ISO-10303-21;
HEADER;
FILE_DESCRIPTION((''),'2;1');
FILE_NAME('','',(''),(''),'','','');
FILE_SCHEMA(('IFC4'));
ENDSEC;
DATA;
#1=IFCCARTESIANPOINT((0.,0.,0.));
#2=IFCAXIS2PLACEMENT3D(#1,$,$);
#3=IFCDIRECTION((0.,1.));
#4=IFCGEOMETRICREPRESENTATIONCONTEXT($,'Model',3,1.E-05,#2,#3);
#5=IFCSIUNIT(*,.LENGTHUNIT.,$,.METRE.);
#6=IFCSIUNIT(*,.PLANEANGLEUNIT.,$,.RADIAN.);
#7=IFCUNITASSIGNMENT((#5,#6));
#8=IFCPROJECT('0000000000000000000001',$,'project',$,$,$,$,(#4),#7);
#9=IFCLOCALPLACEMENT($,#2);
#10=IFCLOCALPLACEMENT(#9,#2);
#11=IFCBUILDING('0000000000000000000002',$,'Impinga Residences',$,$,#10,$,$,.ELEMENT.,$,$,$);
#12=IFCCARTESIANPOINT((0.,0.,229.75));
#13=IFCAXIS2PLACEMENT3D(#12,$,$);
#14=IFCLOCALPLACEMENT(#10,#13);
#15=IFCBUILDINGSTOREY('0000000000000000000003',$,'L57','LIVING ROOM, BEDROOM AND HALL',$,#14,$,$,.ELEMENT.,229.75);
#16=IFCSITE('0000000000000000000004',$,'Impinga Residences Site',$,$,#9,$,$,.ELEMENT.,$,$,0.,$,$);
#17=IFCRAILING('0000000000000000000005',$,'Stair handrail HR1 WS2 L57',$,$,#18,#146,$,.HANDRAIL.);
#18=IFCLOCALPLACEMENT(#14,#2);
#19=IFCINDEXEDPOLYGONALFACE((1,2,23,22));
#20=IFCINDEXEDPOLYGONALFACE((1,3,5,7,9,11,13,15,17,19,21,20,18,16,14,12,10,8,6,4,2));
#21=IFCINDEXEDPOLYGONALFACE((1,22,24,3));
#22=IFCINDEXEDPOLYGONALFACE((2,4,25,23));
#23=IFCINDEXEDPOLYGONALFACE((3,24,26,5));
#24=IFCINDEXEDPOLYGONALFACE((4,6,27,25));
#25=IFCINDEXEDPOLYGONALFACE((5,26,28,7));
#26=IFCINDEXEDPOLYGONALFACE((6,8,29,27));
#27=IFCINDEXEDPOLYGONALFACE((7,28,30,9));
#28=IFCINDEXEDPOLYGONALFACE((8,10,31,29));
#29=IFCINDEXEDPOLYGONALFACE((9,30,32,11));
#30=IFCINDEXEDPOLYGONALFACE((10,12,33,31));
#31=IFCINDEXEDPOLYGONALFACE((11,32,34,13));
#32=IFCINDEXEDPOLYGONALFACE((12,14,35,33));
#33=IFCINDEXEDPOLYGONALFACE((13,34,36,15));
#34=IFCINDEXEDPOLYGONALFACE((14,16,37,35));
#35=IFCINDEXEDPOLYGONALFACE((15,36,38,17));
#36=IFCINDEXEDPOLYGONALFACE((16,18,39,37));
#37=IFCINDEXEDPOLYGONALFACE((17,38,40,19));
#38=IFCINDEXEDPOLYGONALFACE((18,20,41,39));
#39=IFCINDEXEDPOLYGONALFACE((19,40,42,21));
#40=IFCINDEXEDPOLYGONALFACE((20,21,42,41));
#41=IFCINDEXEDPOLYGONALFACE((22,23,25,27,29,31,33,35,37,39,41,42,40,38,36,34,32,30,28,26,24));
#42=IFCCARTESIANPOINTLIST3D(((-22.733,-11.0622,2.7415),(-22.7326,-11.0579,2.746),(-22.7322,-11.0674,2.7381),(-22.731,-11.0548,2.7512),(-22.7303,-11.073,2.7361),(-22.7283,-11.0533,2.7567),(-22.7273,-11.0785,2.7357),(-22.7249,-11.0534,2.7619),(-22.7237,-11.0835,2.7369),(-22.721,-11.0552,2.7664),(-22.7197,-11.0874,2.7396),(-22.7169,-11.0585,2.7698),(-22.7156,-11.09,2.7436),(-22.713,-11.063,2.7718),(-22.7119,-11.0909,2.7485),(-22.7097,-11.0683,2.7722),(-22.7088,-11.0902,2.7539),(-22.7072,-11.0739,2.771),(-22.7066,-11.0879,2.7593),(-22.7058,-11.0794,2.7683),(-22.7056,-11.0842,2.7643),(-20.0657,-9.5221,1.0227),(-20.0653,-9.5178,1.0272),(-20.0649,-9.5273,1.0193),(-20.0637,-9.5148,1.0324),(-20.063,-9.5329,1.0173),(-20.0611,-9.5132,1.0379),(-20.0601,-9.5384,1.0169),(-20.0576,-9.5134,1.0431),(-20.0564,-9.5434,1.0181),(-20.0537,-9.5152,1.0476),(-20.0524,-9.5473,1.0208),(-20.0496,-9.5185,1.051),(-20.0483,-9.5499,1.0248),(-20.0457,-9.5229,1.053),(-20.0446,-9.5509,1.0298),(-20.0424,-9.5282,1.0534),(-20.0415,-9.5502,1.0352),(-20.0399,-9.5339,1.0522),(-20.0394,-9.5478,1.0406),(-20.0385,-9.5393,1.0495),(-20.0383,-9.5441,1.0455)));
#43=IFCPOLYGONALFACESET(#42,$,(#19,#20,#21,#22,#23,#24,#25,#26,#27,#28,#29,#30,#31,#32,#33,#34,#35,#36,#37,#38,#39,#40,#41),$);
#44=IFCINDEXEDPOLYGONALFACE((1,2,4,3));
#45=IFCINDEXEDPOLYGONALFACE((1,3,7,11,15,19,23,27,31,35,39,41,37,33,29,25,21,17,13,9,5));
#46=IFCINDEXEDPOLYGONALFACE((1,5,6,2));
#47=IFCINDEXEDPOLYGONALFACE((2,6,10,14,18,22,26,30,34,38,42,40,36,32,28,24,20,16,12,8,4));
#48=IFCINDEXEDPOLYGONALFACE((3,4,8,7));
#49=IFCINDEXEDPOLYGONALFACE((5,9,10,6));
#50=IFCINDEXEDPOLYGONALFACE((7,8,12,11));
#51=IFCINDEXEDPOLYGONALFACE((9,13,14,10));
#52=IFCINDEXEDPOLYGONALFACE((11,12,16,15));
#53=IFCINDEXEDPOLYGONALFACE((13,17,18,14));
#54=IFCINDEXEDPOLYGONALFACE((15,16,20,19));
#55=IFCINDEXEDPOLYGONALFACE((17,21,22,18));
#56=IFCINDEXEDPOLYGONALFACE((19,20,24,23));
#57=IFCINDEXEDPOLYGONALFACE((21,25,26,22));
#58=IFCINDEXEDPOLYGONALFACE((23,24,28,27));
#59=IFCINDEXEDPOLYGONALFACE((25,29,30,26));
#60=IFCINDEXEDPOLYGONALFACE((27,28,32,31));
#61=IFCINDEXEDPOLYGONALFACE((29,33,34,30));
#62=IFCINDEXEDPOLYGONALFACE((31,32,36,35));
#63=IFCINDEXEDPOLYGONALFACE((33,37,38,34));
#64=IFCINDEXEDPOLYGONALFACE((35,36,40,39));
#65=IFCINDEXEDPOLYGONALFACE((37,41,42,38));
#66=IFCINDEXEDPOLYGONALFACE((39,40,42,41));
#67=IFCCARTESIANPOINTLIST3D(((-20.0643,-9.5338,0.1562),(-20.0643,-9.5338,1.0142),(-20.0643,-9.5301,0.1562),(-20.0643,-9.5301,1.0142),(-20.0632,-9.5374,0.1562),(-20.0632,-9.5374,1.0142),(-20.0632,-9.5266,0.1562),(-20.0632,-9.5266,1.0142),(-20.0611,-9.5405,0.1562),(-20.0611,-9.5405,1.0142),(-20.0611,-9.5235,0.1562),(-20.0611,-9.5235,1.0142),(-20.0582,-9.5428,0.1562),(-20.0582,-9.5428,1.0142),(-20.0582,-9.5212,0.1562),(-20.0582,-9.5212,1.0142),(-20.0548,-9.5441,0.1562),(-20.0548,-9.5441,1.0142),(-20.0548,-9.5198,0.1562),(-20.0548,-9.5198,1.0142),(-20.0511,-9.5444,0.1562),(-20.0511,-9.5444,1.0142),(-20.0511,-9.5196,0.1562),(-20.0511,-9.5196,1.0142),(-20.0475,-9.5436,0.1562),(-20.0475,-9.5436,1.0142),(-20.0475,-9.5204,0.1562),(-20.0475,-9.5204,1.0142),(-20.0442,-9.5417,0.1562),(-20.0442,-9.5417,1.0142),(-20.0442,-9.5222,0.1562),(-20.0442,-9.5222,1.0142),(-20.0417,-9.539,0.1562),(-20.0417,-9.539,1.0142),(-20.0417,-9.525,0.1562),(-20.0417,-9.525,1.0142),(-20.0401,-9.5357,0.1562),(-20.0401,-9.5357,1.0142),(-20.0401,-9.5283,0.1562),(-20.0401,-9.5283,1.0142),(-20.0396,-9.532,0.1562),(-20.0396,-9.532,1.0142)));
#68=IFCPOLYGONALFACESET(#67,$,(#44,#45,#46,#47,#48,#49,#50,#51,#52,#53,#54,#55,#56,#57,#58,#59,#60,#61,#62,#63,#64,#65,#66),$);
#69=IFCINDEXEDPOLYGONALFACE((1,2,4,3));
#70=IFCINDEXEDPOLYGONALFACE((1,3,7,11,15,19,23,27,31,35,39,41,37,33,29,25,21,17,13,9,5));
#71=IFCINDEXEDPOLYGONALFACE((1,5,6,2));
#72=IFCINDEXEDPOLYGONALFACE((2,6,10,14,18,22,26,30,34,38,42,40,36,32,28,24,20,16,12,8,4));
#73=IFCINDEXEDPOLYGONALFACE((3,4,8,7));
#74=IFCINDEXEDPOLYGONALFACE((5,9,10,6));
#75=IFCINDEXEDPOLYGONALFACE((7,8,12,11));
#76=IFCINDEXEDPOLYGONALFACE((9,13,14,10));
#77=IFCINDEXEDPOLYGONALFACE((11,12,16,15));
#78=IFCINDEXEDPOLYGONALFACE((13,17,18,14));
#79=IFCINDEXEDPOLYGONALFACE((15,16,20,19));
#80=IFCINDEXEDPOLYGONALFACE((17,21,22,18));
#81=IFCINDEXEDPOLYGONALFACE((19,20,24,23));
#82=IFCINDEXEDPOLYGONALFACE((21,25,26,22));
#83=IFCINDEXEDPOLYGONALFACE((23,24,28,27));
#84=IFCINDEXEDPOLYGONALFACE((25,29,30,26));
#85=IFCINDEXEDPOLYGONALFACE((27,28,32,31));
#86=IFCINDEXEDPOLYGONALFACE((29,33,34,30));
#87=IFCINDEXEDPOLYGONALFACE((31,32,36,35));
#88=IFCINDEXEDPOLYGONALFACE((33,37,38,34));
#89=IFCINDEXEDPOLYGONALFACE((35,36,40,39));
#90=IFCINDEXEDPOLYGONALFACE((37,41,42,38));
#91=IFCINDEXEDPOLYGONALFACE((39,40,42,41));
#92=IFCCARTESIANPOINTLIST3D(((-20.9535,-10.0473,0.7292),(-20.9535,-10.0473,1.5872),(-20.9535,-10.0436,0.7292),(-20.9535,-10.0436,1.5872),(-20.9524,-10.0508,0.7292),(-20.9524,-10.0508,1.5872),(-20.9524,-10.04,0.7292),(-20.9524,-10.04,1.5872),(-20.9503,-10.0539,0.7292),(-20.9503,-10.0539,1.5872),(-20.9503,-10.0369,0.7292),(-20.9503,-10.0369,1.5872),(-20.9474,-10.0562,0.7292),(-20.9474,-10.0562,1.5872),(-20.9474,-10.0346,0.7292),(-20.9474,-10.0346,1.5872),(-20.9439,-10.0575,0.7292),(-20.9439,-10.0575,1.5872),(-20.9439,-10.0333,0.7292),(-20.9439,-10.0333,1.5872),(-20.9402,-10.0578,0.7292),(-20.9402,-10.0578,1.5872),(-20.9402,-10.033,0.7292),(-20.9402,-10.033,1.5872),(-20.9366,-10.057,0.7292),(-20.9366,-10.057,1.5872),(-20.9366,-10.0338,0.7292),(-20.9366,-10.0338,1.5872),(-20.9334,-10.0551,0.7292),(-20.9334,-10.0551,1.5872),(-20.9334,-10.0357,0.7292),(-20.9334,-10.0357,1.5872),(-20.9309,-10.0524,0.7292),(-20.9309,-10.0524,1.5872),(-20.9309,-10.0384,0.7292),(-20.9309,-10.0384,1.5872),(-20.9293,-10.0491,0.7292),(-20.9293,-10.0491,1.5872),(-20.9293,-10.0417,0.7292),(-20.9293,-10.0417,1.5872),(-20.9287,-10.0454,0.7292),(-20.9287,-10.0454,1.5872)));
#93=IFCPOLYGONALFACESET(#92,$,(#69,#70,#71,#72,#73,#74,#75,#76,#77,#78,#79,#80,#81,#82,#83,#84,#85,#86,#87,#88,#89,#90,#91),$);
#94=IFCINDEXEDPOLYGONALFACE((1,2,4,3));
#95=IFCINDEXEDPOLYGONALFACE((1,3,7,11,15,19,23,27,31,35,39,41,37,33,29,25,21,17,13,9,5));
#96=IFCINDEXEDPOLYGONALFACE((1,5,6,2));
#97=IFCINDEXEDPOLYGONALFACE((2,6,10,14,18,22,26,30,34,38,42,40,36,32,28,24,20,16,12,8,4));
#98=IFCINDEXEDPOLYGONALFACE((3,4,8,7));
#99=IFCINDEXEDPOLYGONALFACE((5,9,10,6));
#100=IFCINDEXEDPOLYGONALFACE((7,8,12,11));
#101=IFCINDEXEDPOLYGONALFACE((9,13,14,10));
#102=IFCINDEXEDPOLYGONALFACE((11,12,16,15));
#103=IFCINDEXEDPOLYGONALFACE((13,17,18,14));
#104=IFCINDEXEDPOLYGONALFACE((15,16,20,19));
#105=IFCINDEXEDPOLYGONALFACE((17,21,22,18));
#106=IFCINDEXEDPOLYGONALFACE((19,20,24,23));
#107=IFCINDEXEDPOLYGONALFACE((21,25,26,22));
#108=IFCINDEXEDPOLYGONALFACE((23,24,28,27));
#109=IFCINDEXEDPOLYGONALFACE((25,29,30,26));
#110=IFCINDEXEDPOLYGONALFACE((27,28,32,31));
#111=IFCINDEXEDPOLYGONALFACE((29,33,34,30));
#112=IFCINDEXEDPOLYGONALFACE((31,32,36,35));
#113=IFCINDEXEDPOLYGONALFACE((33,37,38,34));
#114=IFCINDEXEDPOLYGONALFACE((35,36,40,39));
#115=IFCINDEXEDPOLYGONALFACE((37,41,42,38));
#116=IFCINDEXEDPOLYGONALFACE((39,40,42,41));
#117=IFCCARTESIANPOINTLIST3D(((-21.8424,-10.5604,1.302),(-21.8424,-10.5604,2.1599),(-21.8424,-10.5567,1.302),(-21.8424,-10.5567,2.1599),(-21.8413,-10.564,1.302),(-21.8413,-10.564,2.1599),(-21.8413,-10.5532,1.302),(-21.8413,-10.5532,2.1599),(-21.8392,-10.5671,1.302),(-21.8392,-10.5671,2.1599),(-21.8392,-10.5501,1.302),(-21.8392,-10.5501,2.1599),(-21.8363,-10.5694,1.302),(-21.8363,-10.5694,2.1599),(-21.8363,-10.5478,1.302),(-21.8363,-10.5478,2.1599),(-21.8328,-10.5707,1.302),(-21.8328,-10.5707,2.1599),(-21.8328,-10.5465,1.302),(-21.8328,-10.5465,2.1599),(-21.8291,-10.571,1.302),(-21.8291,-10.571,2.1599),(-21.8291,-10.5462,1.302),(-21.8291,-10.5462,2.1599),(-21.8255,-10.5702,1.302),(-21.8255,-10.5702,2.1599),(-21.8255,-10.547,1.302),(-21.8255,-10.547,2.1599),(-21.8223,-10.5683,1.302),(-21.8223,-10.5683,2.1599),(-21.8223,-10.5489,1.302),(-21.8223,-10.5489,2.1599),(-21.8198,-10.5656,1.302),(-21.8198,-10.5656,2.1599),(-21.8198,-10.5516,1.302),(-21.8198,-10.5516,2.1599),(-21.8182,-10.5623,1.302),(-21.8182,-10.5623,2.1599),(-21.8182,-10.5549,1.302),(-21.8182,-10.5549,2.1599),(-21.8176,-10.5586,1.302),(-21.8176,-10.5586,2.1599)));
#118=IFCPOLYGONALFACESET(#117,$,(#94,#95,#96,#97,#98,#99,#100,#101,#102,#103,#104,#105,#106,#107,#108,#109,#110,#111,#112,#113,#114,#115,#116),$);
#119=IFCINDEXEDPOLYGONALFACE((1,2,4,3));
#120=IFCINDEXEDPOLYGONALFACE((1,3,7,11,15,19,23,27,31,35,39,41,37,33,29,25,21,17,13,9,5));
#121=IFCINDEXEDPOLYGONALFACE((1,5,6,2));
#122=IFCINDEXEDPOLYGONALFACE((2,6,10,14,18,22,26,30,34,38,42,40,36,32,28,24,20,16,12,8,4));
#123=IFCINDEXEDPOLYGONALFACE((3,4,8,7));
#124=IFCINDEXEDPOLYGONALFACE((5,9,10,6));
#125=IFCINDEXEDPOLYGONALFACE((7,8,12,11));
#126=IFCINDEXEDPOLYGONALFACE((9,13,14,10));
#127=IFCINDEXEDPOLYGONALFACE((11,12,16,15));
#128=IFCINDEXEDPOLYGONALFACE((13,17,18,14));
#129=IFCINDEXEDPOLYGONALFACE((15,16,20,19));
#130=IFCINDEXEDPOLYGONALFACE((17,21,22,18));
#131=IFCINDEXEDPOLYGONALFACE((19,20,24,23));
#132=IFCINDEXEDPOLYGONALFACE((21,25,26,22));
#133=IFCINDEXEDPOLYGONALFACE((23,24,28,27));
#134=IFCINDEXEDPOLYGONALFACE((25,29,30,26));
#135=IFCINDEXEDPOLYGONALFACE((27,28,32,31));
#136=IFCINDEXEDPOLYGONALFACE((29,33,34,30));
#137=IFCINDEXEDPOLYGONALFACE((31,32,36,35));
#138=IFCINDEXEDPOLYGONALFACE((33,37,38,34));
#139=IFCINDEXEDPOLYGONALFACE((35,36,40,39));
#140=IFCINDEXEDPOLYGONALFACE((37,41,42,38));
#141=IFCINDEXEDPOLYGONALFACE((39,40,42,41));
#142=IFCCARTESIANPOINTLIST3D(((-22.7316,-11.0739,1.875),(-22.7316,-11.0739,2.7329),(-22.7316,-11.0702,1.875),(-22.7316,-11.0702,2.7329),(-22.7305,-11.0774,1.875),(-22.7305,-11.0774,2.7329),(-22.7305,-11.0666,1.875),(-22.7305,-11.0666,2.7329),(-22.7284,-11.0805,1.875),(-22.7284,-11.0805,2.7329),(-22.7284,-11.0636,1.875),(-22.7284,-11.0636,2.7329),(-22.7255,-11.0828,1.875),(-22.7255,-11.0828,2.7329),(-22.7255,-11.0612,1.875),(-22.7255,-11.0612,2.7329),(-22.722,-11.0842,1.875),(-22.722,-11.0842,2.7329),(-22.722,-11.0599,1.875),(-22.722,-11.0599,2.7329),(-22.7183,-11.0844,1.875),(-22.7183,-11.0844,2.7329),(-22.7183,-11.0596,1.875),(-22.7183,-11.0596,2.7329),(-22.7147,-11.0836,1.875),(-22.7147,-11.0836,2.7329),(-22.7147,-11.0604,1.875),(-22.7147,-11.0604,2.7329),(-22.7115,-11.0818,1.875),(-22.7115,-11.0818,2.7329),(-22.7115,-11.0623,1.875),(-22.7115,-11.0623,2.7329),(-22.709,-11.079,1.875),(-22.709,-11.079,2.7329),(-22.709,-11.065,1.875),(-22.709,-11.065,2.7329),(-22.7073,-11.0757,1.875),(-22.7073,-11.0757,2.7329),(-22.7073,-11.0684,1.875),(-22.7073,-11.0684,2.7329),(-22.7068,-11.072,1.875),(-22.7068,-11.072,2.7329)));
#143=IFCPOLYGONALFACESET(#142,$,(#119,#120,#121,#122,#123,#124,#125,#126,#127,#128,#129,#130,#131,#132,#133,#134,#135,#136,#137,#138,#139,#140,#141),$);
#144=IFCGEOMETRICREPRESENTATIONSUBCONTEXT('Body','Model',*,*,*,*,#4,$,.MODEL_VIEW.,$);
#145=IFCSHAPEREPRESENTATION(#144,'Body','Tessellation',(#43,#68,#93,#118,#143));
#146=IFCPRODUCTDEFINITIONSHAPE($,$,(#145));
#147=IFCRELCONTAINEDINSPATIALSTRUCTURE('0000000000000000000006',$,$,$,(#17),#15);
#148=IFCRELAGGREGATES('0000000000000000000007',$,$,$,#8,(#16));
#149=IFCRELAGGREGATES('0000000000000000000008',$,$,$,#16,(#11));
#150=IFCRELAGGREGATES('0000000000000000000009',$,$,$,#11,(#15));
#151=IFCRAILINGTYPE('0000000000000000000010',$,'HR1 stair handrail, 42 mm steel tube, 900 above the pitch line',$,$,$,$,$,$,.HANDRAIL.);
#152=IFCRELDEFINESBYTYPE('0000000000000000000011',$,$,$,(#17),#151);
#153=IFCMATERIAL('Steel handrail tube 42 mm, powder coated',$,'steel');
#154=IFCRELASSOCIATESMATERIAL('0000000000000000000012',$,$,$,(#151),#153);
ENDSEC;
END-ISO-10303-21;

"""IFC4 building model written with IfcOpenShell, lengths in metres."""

from ifc_helpers import new_model, si_unit, direction, frame, origin, origin_2d, place, context, subcontext, project, spatial, circle, extrude, material, type_object, element, save


model = new_model("IFC4")

# Units and contexts
model_context = context("Model", 3, precision=1e-05, world=origin(), true_north=direction((0.0, 1.0)))
body_context = subcontext(model_context, "Body", "Model", "MODEL_VIEW")
ifc_project = project(units=[si_unit("LENGTHUNIT", "METRE"), si_unit("PLANEANGLEUNIT", "RADIAN")], contexts=[model_context])

# Site, building, storey
site_placement = place(None, origin())
site = spatial("IfcSite", under=ifc_project, at=site_placement, Name="Impinga Residences Site", CompositionType="ELEMENT", RefElevation=0.0)
building_placement = place(site_placement, origin())
building = spatial("IfcBuilding", under=site, at=building_placement, Name="Impinga Residences", CompositionType="ELEMENT")
storey_placement = place(building_placement, frame((0.0, 0.0, 229.75)))
storey = spatial("IfcBuildingStorey", under=building, at=storey_placement, Name="L57", Description="LIVING ROOM, BEDROOM AND HALL", CompositionType="ELEMENT", Elevation=229.75)

# Railing
ifc_material_1 = material(Name="Steel handrail tube 42 mm, powder coated", Category="steel")
railing_type = type_object("IfcRailingType", Name="HR1 stair handrail, 42 mm steel tube, 900 above the pitch line", PredefinedType="HANDRAIL", material=ifc_material_1)
railing_1_placement = place(storey_placement, frame((-20.052, -9.532, 0.1562)))
element("IfcRailing", 1, at=railing_1_placement, inside=storey, type_object=railing_type, Name="Stair handrail HR1 WS2 L57", PredefinedType="HANDRAIL", context=body_context, shape_type="SweptSolid", body=[
    extrude(circle(Radius=0.021, at=origin_2d()), frame((0.0, 0.0, 0.8789), z_axis=(-0.756226, -0.436639, 0.487307), x_axis=(0.500027, -0.86601, 0.0)), (0.0, 0.0, 1.0), 3.5271),
    extrude(circle(Radius=0.0125, at=origin_2d()), origin(), (0.0, 0.0, 1.0), 0.8579),
    extrude(circle(Radius=0.0125, at=origin_2d()), frame((-0.8892, -0.5134, 0.573)), (0.0, 0.0, 1.0), 0.8579),
    extrude(circle(Radius=0.0125, at=origin_2d()), frame((-1.7781, -1.0266, 1.1458)), (0.0, 0.0, 1.0), 0.8579),
    extrude(circle(Radius=0.0125, at=origin_2d()), frame((-2.6672, -1.54, 1.7188)), (0.0, 0.0, 1.0), 0.8579),
])

save(model, "model.ifc")
